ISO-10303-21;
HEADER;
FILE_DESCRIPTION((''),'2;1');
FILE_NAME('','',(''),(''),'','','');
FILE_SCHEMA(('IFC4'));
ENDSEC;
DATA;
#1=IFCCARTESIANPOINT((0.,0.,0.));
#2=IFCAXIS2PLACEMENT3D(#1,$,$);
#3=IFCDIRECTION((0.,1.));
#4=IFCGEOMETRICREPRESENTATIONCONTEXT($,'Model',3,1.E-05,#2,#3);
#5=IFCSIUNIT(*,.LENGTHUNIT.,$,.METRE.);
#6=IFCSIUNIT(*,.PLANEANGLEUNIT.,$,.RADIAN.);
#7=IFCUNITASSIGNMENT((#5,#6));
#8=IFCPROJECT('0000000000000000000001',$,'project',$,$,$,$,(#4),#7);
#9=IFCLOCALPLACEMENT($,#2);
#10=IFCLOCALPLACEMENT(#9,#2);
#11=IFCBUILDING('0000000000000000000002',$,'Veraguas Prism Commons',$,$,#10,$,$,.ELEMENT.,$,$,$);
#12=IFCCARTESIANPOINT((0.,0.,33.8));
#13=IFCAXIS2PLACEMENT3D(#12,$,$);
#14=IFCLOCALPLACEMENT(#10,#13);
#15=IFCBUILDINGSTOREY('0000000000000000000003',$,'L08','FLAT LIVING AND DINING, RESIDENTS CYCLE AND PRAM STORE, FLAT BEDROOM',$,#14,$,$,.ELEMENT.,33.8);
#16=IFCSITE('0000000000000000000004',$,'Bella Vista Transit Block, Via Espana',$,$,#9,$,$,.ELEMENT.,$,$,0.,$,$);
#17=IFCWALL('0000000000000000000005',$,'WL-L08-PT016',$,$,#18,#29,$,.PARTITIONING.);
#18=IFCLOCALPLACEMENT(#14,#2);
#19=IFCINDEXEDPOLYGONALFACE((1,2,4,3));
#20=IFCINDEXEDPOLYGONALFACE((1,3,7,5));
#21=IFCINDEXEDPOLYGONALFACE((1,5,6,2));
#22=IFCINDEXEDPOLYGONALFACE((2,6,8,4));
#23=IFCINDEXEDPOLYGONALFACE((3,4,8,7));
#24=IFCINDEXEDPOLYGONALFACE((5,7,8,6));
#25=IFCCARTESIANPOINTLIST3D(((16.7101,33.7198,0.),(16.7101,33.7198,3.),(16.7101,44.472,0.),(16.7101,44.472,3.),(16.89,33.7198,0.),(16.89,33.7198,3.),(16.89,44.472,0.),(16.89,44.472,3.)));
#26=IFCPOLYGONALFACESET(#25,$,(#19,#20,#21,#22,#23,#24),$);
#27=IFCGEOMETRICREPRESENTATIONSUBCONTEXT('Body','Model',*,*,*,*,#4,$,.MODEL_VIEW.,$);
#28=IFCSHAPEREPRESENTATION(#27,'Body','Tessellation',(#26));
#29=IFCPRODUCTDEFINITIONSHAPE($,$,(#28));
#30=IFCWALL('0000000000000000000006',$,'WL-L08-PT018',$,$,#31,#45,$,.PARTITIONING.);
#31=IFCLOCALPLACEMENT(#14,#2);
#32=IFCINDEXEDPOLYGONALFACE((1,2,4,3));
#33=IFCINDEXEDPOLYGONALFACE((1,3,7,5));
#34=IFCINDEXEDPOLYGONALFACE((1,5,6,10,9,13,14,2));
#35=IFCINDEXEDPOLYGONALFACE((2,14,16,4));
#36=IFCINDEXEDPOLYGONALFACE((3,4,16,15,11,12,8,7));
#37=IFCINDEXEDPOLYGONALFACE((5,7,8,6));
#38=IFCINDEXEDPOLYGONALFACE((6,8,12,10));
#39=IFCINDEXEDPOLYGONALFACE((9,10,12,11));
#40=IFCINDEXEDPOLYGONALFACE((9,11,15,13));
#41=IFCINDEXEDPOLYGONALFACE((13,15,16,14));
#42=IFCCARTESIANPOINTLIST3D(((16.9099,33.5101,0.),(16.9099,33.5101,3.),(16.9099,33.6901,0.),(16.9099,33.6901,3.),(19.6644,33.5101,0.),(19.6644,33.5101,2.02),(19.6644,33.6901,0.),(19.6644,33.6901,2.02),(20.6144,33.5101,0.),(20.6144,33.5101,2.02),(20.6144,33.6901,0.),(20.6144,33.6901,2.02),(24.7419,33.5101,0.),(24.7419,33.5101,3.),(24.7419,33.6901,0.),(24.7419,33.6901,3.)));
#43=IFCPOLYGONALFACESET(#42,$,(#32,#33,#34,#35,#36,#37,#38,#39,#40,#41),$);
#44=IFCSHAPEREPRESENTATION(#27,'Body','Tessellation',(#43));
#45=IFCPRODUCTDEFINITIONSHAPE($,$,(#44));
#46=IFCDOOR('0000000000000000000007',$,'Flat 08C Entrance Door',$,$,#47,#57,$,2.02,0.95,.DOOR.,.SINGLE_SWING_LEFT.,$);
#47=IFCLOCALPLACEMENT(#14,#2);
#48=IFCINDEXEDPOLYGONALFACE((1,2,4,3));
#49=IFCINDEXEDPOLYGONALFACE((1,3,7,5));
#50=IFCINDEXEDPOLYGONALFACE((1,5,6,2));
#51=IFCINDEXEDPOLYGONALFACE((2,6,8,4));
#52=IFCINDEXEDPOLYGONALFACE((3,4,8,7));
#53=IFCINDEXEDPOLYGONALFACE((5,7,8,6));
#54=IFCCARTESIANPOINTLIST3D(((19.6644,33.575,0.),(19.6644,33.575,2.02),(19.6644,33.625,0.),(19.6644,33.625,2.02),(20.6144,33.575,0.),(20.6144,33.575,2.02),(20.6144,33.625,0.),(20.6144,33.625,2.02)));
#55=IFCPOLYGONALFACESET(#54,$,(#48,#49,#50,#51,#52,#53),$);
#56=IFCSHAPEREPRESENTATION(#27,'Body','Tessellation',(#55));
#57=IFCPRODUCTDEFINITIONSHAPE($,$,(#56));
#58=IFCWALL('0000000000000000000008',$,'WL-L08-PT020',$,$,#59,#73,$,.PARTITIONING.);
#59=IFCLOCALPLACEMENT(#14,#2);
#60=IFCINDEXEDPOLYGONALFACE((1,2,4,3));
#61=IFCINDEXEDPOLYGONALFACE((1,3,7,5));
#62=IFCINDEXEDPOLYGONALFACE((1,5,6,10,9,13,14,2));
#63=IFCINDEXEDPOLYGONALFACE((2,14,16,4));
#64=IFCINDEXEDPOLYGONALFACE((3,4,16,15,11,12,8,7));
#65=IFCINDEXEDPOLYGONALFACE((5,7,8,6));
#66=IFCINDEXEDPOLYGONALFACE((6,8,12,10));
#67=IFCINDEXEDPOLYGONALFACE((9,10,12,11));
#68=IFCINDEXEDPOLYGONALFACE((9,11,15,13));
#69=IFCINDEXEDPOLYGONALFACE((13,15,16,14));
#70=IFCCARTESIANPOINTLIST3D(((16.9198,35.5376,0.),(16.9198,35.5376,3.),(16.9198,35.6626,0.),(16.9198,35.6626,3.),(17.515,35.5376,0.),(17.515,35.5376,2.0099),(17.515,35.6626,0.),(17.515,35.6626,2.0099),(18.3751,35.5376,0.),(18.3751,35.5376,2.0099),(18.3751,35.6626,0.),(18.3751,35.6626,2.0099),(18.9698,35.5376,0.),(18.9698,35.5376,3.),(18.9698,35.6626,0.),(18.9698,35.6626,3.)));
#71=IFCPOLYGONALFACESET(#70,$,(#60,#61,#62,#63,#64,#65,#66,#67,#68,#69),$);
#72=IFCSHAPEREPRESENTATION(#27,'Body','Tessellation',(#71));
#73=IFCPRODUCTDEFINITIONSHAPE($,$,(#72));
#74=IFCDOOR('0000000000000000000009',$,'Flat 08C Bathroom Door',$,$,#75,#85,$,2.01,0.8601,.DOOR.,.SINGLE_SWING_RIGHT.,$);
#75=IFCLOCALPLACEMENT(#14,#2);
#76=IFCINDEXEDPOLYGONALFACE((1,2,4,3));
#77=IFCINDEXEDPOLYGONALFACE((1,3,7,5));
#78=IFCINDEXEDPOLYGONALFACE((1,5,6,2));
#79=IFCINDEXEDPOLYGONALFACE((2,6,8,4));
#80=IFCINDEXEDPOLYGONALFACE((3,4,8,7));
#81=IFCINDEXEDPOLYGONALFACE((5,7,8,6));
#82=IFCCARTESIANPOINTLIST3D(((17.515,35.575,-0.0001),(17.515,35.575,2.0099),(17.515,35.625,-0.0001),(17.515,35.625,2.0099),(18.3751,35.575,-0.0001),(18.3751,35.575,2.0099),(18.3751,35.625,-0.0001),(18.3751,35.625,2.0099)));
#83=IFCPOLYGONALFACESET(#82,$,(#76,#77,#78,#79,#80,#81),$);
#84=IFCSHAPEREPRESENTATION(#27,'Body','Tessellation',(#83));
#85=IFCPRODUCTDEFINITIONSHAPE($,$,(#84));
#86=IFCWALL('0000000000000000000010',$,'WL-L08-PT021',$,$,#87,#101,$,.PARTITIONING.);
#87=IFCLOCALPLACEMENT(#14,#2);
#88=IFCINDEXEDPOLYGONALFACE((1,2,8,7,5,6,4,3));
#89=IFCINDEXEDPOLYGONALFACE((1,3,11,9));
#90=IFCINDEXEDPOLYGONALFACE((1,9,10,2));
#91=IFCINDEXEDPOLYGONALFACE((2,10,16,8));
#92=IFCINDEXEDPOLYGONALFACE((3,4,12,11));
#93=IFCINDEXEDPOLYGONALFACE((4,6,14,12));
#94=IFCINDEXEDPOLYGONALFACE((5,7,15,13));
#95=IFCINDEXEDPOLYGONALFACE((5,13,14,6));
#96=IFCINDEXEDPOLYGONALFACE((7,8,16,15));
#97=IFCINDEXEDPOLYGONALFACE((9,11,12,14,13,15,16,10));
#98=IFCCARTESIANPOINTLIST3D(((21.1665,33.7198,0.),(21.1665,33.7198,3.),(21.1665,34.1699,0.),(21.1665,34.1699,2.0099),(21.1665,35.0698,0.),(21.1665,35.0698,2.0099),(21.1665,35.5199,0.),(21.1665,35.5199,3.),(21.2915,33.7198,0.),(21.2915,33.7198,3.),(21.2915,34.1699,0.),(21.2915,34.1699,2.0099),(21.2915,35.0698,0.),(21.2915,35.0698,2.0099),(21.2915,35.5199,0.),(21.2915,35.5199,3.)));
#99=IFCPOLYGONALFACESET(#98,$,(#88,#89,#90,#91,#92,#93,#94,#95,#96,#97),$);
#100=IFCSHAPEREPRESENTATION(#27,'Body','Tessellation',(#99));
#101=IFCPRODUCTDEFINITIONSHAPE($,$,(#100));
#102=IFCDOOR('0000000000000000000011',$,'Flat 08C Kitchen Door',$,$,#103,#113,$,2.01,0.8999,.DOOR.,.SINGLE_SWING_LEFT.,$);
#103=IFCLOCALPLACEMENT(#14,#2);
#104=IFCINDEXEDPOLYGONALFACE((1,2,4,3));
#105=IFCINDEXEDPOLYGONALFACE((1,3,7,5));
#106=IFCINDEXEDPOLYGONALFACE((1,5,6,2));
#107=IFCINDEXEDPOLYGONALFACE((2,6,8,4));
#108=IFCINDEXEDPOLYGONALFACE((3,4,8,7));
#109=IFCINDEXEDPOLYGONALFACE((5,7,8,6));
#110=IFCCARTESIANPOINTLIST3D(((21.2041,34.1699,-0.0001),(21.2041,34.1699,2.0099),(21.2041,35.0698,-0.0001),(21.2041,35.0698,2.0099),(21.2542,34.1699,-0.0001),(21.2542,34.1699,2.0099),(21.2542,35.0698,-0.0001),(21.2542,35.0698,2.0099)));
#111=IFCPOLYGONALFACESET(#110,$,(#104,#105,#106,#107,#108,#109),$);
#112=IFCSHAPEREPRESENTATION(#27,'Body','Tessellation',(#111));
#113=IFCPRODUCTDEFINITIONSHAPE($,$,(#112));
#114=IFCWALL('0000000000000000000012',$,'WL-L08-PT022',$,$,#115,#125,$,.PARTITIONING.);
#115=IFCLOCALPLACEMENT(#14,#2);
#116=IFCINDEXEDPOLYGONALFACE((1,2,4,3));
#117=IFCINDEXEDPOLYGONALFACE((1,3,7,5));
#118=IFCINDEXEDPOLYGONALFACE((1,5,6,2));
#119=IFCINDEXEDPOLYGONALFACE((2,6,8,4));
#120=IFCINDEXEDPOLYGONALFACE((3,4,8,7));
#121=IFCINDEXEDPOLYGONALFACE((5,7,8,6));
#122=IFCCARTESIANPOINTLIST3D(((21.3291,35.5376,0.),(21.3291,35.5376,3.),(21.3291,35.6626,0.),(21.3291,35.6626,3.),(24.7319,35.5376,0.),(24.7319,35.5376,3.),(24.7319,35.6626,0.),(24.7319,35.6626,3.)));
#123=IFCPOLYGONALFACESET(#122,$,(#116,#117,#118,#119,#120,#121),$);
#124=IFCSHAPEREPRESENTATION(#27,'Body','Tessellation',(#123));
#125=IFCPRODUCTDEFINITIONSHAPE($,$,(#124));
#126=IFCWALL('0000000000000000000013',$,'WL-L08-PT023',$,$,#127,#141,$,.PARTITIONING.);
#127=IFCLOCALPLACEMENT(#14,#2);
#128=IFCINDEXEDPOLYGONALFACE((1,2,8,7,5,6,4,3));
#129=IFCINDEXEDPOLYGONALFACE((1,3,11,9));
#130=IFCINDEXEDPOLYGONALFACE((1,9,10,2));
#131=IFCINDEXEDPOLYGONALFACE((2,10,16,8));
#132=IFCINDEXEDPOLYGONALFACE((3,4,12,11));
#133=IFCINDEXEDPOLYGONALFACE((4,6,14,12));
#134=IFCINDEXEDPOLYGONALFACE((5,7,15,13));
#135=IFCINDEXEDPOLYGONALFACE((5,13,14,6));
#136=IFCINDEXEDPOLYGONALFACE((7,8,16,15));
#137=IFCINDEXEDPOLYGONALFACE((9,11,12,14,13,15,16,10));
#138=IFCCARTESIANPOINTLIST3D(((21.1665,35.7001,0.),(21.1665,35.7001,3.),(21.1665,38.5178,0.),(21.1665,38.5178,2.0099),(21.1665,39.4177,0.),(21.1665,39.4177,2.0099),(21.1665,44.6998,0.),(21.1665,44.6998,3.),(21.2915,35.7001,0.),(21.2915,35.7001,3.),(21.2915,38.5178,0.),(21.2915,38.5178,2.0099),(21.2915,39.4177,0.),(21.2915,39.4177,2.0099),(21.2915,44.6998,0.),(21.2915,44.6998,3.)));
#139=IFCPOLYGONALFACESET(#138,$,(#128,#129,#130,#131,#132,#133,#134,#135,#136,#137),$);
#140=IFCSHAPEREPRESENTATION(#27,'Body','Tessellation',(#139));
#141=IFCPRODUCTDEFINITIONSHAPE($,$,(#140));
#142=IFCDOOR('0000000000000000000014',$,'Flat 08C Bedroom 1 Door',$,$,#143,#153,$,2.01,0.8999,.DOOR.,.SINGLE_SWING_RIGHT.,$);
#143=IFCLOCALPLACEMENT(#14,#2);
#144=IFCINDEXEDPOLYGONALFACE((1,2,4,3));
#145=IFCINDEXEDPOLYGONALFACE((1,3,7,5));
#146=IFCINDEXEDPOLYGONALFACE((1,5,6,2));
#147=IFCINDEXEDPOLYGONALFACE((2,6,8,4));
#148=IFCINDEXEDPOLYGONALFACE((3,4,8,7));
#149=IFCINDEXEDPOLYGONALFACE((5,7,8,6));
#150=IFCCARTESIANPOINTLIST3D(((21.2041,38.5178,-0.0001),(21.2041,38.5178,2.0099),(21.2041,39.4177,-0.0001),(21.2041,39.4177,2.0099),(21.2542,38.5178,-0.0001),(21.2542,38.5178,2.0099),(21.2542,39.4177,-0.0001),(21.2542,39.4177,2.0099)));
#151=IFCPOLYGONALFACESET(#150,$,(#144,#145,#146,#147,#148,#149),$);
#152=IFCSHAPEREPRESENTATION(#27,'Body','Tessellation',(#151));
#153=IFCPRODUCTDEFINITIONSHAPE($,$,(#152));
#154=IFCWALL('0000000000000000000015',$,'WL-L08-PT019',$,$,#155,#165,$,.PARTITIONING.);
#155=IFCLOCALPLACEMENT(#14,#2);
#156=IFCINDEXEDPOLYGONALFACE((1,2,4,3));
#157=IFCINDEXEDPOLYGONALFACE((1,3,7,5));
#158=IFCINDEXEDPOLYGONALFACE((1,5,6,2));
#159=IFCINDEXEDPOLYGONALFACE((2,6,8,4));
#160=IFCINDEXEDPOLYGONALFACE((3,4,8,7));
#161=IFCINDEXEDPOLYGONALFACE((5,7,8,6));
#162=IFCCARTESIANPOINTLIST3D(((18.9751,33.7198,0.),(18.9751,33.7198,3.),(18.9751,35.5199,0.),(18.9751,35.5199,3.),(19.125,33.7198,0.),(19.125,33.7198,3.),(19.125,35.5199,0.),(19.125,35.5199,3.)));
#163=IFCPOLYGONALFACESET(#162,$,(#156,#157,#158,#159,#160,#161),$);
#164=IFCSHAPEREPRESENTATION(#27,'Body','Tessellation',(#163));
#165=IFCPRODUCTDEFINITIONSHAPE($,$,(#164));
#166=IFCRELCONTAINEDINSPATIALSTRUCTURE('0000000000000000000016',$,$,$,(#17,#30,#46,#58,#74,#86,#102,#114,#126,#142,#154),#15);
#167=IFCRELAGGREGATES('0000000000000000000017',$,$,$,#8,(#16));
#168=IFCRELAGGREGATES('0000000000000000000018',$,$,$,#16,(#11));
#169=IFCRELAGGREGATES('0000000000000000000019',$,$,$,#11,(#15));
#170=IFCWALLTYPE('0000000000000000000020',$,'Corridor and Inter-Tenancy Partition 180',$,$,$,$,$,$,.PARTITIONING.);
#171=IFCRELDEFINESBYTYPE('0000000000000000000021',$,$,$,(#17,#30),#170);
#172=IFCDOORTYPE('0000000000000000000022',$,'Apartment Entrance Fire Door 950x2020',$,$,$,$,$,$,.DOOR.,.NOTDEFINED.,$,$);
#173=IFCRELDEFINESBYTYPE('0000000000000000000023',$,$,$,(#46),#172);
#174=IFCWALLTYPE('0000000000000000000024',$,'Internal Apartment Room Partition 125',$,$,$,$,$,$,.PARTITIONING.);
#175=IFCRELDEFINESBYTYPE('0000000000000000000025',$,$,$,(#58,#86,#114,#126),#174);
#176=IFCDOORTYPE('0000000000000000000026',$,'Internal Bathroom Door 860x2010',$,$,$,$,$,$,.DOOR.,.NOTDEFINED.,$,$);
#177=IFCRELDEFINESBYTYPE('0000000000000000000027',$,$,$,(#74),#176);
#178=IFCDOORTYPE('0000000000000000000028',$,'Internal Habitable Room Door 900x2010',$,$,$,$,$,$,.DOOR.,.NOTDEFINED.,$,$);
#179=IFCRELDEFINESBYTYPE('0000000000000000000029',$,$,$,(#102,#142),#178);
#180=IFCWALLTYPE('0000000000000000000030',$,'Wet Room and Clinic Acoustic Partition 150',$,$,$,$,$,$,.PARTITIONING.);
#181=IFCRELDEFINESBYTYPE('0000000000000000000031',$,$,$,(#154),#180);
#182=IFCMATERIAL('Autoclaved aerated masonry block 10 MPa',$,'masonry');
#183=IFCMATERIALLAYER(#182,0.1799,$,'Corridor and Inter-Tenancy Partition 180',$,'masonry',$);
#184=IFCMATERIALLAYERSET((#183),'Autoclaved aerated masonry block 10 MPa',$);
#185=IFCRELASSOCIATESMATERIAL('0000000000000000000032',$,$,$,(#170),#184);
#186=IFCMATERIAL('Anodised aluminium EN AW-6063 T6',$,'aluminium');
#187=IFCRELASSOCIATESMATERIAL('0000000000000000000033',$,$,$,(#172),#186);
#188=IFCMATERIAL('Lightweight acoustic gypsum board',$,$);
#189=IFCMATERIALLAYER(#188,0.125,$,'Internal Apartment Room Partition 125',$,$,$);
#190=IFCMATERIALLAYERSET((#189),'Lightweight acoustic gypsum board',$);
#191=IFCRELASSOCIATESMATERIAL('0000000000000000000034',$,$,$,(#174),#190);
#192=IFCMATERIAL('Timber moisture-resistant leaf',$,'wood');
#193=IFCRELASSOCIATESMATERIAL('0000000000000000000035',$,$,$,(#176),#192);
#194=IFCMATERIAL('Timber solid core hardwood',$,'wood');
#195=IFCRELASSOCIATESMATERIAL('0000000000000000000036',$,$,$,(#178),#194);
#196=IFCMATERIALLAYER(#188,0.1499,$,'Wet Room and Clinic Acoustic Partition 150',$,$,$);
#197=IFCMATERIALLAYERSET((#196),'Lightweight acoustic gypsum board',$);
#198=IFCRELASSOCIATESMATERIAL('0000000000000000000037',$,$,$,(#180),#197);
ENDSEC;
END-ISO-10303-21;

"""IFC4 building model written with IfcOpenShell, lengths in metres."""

from ifc_helpers import new_model, si_unit, direction, frame, frame_2d, origin, place, context, subcontext, project, spatial, rectangle, extrude, source, transform, mapped, material, layer, layer_set, type_object, element, fill, save


model = new_model("IFC4")

# Units and contexts
model_context = context("Model", 3, precision=1e-05, world=origin(), true_north=direction((0.0, 1.0)))
body_context = subcontext(model_context, "Body", "Model", "MODEL_VIEW")
ifc_project = project(units=[si_unit("LENGTHUNIT", "METRE"), si_unit("PLANEANGLEUNIT", "RADIAN")], contexts=[model_context])

# Site, building, storey
site_placement = place(None, origin())
site = spatial("IfcSite", under=ifc_project, at=site_placement, Name="Bella Vista Transit Block, Via Espana", CompositionType="ELEMENT", RefElevation=0.0)
building_placement = place(site_placement, origin())
building = spatial("IfcBuilding", under=site, at=building_placement, Name="Veraguas Prism Commons", CompositionType="ELEMENT")
storey_placement = place(building_placement, frame((0.0, 0.0, 33.8)))
storey = spatial("IfcBuildingStorey", under=building, at=storey_placement, Name="L08", Description="FLAT LIVING AND DINING, RESIDENTS CYCLE AND PRAM STORE, FLAT BEDROOM", CompositionType="ELEMENT", Elevation=33.8)

# Shared definitions
ifc_material_1 = material(Name="Anodised aluminium EN AW-6063 T6", Category="aluminium")

# Wall
ifc_material_2 = material(Name="Autoclaved aerated masonry block 10 MPa", Category="masonry")
ifc_layer_1 = layer(ifc_material_2, 0.1799, Name="Corridor and Inter-Tenancy Partition 180", Category="masonry")
ifc_layer_set_1 = layer_set([ifc_layer_1], Name="Autoclaved aerated masonry block 10 MPa")
wall_type_1 = type_object("IfcWallType", Name="Corridor and Inter-Tenancy Partition 180", PredefinedType="PARTITIONING", material=ifc_layer_set_1)
wall_1_placement = place(storey_placement, frame((16.8, 33.72, 0.0), z_axis=(0.0, 0.0, 1.0), x_axis=(0.0, 1.0, 0.0)))
element("IfcWall", 1, at=wall_1_placement, inside=storey, type_object=wall_type_1, Name="WL-L08-PT016", PredefinedType="PARTITIONING", context=body_context, shape_type="SweptSolid", body=[
    extrude(rectangle(XDim=10.7522, YDim=0.1799, at=frame_2d((5.376, 0.0))), origin(), (0.0, 0.0, 1.0), 3.0),
])

# Walls, openings, doors
wall_2_placement = place(storey_placement, frame((16.9099, 33.6001, 0.0), z_axis=(0.0, 0.0, 1.0), x_axis=(1.0, 0.0, 0.0)))
wall_2 = element("IfcWall", 2, at=wall_2_placement, inside=storey, type_object=wall_type_1, Name="WL-L08-PT018", PredefinedType="PARTITIONING", context=body_context, shape_type="SweptSolid", body=[
    extrude(rectangle(XDim=7.832, YDim=0.1799, at=frame_2d((3.916, 0.0))), origin(), (0.0, 0.0, 1.0), 3.0),
])
opening_1_placement = place(wall_2_placement, frame((2.7544, 0.0, 0.0)))
opening_1 = element("IfcOpeningElement", 3, at=opening_1_placement, cuts=wall_2, PredefinedType="OPENING", context=body_context, shape_type="SweptSolid", body=[
    extrude(rectangle(XDim=0.95, YDim=2.02, at=frame_2d((0.4751, 1.01))), frame((0.0, 0.0999, 0.0), z_axis=(0.0, -1.0, 0.0), x_axis=(1.0, 0.0, 0.0)), (0.0, 0.0, 1.0), 0.2),
])
door_type_1 = type_object("IfcDoorType", Name="Apartment Entrance Fire Door 950x2020", OperationType="NOTDEFINED", PredefinedType="DOOR", material=ifc_material_1)
shared_shape_1 = source(origin(), body_context, "Body", "SweptSolid", [
    extrude(rectangle(XDim=0.95, YDim=2.02, at=frame_2d((0.4751, 1.01))), frame((0.0, 0.0249, 0.0), z_axis=(0.0, -1.0, 0.0), x_axis=(1.0, 0.0, 0.0)), (0.0, 0.0, 1.0), 0.05),
])
door_1_placement = place(opening_1_placement, origin())
door_1 = element("IfcDoor", 4, at=door_1_placement, inside=storey, type_object=door_type_1, Name="Flat 08C Entrance Door", OperationType="SINGLE_SWING_LEFT", OverallHeight=2.02, OverallWidth=0.95, PredefinedType="DOOR", context=body_context, shape_type="MappedRepresentation", body=[
    mapped(shared_shape_1, transform((0.0, 0.0, 0.0), scale=1.0)),
])
fill(opening_1, door_1)
ifc_material_3 = material(Name="Lightweight acoustic gypsum board")
ifc_layer_2 = layer(ifc_material_3, 0.125, Name="Internal Apartment Room Partition 125")
ifc_layer_set_2 = layer_set([ifc_layer_2], Name="Lightweight acoustic gypsum board")
wall_type_2 = type_object("IfcWallType", Name="Internal Apartment Room Partition 125", PredefinedType="PARTITIONING", material=ifc_layer_set_2)
wall_3_placement = place(storey_placement, frame((16.9199, 35.6001, 0.0), z_axis=(0.0, 0.0, 1.0), x_axis=(1.0, 0.0, 0.0)))
wall_3 = element("IfcWall", 5, at=wall_3_placement, inside=storey, type_object=wall_type_2, Name="WL-L08-PT020", PredefinedType="PARTITIONING", context=body_context, shape_type="SweptSolid", body=[
    extrude(rectangle(XDim=2.05, YDim=0.125, at=frame_2d((1.0249, 0.0))), origin(), (0.0, 0.0, 1.0), 3.0),
])
opening_2_placement = place(wall_3_placement, frame((0.595, 0.0, 0.0)))
opening_2 = element("IfcOpeningElement", 6, at=opening_2_placement, cuts=wall_3, PredefinedType="OPENING", context=body_context, shape_type="SweptSolid", body=[
    extrude(rectangle(XDim=0.8601, YDim=2.01, at=frame_2d((0.4302, 1.0049))), frame((0.0, 0.0725, 0.0), z_axis=(0.0, -1.0, 0.0), x_axis=(1.0, 0.0, 0.0)), (0.0, 0.0, 1.0), 0.145),
])
ifc_material_4 = material(Name="Timber moisture-resistant leaf", Category="wood")
door_type_2 = type_object("IfcDoorType", Name="Internal Bathroom Door 860x2010", OperationType="NOTDEFINED", PredefinedType="DOOR", material=ifc_material_4)
shared_shape_2 = source(origin(), body_context, "Body", "SweptSolid", [
    extrude(rectangle(XDim=0.8601, YDim=2.01, at=frame_2d((0.4302, 1.0049))), frame((0.0, 0.0249, 0.0), z_axis=(0.0, -1.0, 0.0), x_axis=(1.0, 0.0, 0.0)), (0.0, 0.0, 1.0), 0.05),
])
door_2_placement = place(opening_2_placement, origin())
door_2 = element("IfcDoor", 7, at=door_2_placement, inside=storey, type_object=door_type_2, Name="Flat 08C Bathroom Door", OperationType="SINGLE_SWING_RIGHT", OverallHeight=2.01, OverallWidth=0.8601, PredefinedType="DOOR", context=body_context, shape_type="MappedRepresentation", body=[
    mapped(shared_shape_2, transform((0.0, 0.0, 0.0), scale=1.0)),
])
fill(opening_2, door_2)
wall_4_placement = place(storey_placement, frame((21.229, 33.72, 0.0), z_axis=(0.0, 0.0, 1.0), x_axis=(0.0, 1.0, 0.0)))
wall_4 = element("IfcWall", 8, at=wall_4_placement, inside=storey, type_object=wall_type_2, Name="WL-L08-PT021", PredefinedType="PARTITIONING", context=body_context, shape_type="SweptSolid", body=[
    extrude(rectangle(XDim=1.8, YDim=0.125, at=frame_2d((0.8999, 0.0))), origin(), (0.0, 0.0, 1.0), 3.0),
])
opening_3_placement = place(wall_4_placement, frame((0.45, 0.0, 0.0)))
opening_3 = element("IfcOpeningElement", 9, at=opening_3_placement, cuts=wall_4, PredefinedType="OPENING", context=body_context, shape_type="SweptSolid", body=[
    extrude(rectangle(XDim=0.8999, YDim=2.01, at=frame_2d((0.45, 1.0049))), frame((0.0, 0.0725, 0.0), z_axis=(0.0, -1.0, 0.0), x_axis=(1.0, 0.0, 0.0)), (0.0, 0.0, 1.0), 0.145),
])
ifc_material_5 = material(Name="Timber solid core hardwood", Category="wood")
door_type_3 = type_object("IfcDoorType", Name="Internal Habitable Room Door 900x2010", OperationType="NOTDEFINED", PredefinedType="DOOR", material=ifc_material_5)
shared_shape_3 = source(origin(), body_context, "Body", "SweptSolid", [
    extrude(rectangle(XDim=0.8999, YDim=2.01, at=frame_2d((0.45, 1.0049))), frame((0.0, 0.0249, 0.0), z_axis=(0.0, -1.0, 0.0), x_axis=(1.0, 0.0, 0.0)), (0.0, 0.0, 1.0), 0.05),
])
door_3_placement = place(opening_3_placement, origin())
door_3 = element("IfcDoor", 10, at=door_3_placement, inside=storey, type_object=door_type_3, Name="Flat 08C Kitchen Door", OperationType="SINGLE_SWING_LEFT", OverallHeight=2.01, OverallWidth=0.8999, PredefinedType="DOOR", context=body_context, shape_type="MappedRepresentation", body=[
    mapped(shared_shape_3, transform((0.0, 0.0, 0.0), scale=1.0)),
])
fill(opening_3, door_3)

# Wall
wall_5_placement = place(storey_placement, frame((21.3291, 35.6001, 0.0), z_axis=(0.0, 0.0, 1.0), x_axis=(1.0, 0.0, 0.0)))
element("IfcWall", 11, at=wall_5_placement, inside=storey, type_object=wall_type_2, Name="WL-L08-PT022", PredefinedType="PARTITIONING", context=body_context, shape_type="SweptSolid", body=[
    extrude(rectangle(XDim=3.4028, YDim=0.125, at=frame_2d((1.7014, 0.0))), origin(), (0.0, 0.0, 1.0), 3.0),
])

# Wall, opening, door
wall_6_placement = place(storey_placement, frame((21.229, 35.7, 0.0), z_axis=(0.0, 0.0, 1.0), x_axis=(0.0, 1.0, 0.0)))
wall_6 = element("IfcWall", 12, at=wall_6_placement, inside=storey, type_object=wall_type_2, Name="WL-L08-PT023", PredefinedType="PARTITIONING", context=body_context, shape_type="SweptSolid", body=[
    extrude(rectangle(XDim=8.9998, YDim=0.125, at=frame_2d((4.5, 0.0))), origin(), (0.0, 0.0, 1.0), 3.0),
])
opening_4_placement = place(wall_6_placement, frame((2.8179, 0.0, 0.0)))
opening_4 = element("IfcOpeningElement", 13, at=opening_4_placement, cuts=wall_6, PredefinedType="OPENING", context=body_context, shape_type="SweptSolid", body=[
    extrude(rectangle(XDim=0.8999, YDim=2.01, at=frame_2d((0.45, 1.0049))), frame((0.0, 0.0725, 0.0), z_axis=(0.0, -1.0, 0.0), x_axis=(1.0, 0.0, 0.0)), (0.0, 0.0, 1.0), 0.145),
])
door_4_placement = place(opening_4_placement, origin())
door_4 = element("IfcDoor", 14, at=door_4_placement, inside=storey, type_object=door_type_3, Name="Flat 08C Bedroom 1 Door", OperationType="SINGLE_SWING_RIGHT", OverallHeight=2.01, OverallWidth=0.8999, PredefinedType="DOOR", context=body_context, shape_type="MappedRepresentation", body=[
    mapped(shared_shape_3, transform((0.0, 0.0, 0.0), scale=1.0)),
])
fill(opening_4, door_4)

# Wall
ifc_layer_3 = layer(ifc_material_3, 0.1499, Name="Wet Room and Clinic Acoustic Partition 150")
ifc_layer_set_3 = layer_set([ifc_layer_3], Name="Lightweight acoustic gypsum board")
wall_type_3 = type_object("IfcWallType", Name="Wet Room and Clinic Acoustic Partition 150", PredefinedType="PARTITIONING", material=ifc_layer_set_3)
wall_7_placement = place(storey_placement, frame((19.05, 33.72, 0.0), z_axis=(0.0, 0.0, 1.0), x_axis=(0.0, 1.0, 0.0)))
element("IfcWall", 15, at=wall_7_placement, inside=storey, type_object=wall_type_3, Name="WL-L08-PT019", PredefinedType="PARTITIONING", context=body_context, shape_type="SweptSolid", body=[
    extrude(rectangle(XDim=1.8, YDim=0.1499, at=frame_2d((0.8999, 0.0))), origin(), (0.0, 0.0, 1.0), 3.0),
])

save(model, "model.ifc")
